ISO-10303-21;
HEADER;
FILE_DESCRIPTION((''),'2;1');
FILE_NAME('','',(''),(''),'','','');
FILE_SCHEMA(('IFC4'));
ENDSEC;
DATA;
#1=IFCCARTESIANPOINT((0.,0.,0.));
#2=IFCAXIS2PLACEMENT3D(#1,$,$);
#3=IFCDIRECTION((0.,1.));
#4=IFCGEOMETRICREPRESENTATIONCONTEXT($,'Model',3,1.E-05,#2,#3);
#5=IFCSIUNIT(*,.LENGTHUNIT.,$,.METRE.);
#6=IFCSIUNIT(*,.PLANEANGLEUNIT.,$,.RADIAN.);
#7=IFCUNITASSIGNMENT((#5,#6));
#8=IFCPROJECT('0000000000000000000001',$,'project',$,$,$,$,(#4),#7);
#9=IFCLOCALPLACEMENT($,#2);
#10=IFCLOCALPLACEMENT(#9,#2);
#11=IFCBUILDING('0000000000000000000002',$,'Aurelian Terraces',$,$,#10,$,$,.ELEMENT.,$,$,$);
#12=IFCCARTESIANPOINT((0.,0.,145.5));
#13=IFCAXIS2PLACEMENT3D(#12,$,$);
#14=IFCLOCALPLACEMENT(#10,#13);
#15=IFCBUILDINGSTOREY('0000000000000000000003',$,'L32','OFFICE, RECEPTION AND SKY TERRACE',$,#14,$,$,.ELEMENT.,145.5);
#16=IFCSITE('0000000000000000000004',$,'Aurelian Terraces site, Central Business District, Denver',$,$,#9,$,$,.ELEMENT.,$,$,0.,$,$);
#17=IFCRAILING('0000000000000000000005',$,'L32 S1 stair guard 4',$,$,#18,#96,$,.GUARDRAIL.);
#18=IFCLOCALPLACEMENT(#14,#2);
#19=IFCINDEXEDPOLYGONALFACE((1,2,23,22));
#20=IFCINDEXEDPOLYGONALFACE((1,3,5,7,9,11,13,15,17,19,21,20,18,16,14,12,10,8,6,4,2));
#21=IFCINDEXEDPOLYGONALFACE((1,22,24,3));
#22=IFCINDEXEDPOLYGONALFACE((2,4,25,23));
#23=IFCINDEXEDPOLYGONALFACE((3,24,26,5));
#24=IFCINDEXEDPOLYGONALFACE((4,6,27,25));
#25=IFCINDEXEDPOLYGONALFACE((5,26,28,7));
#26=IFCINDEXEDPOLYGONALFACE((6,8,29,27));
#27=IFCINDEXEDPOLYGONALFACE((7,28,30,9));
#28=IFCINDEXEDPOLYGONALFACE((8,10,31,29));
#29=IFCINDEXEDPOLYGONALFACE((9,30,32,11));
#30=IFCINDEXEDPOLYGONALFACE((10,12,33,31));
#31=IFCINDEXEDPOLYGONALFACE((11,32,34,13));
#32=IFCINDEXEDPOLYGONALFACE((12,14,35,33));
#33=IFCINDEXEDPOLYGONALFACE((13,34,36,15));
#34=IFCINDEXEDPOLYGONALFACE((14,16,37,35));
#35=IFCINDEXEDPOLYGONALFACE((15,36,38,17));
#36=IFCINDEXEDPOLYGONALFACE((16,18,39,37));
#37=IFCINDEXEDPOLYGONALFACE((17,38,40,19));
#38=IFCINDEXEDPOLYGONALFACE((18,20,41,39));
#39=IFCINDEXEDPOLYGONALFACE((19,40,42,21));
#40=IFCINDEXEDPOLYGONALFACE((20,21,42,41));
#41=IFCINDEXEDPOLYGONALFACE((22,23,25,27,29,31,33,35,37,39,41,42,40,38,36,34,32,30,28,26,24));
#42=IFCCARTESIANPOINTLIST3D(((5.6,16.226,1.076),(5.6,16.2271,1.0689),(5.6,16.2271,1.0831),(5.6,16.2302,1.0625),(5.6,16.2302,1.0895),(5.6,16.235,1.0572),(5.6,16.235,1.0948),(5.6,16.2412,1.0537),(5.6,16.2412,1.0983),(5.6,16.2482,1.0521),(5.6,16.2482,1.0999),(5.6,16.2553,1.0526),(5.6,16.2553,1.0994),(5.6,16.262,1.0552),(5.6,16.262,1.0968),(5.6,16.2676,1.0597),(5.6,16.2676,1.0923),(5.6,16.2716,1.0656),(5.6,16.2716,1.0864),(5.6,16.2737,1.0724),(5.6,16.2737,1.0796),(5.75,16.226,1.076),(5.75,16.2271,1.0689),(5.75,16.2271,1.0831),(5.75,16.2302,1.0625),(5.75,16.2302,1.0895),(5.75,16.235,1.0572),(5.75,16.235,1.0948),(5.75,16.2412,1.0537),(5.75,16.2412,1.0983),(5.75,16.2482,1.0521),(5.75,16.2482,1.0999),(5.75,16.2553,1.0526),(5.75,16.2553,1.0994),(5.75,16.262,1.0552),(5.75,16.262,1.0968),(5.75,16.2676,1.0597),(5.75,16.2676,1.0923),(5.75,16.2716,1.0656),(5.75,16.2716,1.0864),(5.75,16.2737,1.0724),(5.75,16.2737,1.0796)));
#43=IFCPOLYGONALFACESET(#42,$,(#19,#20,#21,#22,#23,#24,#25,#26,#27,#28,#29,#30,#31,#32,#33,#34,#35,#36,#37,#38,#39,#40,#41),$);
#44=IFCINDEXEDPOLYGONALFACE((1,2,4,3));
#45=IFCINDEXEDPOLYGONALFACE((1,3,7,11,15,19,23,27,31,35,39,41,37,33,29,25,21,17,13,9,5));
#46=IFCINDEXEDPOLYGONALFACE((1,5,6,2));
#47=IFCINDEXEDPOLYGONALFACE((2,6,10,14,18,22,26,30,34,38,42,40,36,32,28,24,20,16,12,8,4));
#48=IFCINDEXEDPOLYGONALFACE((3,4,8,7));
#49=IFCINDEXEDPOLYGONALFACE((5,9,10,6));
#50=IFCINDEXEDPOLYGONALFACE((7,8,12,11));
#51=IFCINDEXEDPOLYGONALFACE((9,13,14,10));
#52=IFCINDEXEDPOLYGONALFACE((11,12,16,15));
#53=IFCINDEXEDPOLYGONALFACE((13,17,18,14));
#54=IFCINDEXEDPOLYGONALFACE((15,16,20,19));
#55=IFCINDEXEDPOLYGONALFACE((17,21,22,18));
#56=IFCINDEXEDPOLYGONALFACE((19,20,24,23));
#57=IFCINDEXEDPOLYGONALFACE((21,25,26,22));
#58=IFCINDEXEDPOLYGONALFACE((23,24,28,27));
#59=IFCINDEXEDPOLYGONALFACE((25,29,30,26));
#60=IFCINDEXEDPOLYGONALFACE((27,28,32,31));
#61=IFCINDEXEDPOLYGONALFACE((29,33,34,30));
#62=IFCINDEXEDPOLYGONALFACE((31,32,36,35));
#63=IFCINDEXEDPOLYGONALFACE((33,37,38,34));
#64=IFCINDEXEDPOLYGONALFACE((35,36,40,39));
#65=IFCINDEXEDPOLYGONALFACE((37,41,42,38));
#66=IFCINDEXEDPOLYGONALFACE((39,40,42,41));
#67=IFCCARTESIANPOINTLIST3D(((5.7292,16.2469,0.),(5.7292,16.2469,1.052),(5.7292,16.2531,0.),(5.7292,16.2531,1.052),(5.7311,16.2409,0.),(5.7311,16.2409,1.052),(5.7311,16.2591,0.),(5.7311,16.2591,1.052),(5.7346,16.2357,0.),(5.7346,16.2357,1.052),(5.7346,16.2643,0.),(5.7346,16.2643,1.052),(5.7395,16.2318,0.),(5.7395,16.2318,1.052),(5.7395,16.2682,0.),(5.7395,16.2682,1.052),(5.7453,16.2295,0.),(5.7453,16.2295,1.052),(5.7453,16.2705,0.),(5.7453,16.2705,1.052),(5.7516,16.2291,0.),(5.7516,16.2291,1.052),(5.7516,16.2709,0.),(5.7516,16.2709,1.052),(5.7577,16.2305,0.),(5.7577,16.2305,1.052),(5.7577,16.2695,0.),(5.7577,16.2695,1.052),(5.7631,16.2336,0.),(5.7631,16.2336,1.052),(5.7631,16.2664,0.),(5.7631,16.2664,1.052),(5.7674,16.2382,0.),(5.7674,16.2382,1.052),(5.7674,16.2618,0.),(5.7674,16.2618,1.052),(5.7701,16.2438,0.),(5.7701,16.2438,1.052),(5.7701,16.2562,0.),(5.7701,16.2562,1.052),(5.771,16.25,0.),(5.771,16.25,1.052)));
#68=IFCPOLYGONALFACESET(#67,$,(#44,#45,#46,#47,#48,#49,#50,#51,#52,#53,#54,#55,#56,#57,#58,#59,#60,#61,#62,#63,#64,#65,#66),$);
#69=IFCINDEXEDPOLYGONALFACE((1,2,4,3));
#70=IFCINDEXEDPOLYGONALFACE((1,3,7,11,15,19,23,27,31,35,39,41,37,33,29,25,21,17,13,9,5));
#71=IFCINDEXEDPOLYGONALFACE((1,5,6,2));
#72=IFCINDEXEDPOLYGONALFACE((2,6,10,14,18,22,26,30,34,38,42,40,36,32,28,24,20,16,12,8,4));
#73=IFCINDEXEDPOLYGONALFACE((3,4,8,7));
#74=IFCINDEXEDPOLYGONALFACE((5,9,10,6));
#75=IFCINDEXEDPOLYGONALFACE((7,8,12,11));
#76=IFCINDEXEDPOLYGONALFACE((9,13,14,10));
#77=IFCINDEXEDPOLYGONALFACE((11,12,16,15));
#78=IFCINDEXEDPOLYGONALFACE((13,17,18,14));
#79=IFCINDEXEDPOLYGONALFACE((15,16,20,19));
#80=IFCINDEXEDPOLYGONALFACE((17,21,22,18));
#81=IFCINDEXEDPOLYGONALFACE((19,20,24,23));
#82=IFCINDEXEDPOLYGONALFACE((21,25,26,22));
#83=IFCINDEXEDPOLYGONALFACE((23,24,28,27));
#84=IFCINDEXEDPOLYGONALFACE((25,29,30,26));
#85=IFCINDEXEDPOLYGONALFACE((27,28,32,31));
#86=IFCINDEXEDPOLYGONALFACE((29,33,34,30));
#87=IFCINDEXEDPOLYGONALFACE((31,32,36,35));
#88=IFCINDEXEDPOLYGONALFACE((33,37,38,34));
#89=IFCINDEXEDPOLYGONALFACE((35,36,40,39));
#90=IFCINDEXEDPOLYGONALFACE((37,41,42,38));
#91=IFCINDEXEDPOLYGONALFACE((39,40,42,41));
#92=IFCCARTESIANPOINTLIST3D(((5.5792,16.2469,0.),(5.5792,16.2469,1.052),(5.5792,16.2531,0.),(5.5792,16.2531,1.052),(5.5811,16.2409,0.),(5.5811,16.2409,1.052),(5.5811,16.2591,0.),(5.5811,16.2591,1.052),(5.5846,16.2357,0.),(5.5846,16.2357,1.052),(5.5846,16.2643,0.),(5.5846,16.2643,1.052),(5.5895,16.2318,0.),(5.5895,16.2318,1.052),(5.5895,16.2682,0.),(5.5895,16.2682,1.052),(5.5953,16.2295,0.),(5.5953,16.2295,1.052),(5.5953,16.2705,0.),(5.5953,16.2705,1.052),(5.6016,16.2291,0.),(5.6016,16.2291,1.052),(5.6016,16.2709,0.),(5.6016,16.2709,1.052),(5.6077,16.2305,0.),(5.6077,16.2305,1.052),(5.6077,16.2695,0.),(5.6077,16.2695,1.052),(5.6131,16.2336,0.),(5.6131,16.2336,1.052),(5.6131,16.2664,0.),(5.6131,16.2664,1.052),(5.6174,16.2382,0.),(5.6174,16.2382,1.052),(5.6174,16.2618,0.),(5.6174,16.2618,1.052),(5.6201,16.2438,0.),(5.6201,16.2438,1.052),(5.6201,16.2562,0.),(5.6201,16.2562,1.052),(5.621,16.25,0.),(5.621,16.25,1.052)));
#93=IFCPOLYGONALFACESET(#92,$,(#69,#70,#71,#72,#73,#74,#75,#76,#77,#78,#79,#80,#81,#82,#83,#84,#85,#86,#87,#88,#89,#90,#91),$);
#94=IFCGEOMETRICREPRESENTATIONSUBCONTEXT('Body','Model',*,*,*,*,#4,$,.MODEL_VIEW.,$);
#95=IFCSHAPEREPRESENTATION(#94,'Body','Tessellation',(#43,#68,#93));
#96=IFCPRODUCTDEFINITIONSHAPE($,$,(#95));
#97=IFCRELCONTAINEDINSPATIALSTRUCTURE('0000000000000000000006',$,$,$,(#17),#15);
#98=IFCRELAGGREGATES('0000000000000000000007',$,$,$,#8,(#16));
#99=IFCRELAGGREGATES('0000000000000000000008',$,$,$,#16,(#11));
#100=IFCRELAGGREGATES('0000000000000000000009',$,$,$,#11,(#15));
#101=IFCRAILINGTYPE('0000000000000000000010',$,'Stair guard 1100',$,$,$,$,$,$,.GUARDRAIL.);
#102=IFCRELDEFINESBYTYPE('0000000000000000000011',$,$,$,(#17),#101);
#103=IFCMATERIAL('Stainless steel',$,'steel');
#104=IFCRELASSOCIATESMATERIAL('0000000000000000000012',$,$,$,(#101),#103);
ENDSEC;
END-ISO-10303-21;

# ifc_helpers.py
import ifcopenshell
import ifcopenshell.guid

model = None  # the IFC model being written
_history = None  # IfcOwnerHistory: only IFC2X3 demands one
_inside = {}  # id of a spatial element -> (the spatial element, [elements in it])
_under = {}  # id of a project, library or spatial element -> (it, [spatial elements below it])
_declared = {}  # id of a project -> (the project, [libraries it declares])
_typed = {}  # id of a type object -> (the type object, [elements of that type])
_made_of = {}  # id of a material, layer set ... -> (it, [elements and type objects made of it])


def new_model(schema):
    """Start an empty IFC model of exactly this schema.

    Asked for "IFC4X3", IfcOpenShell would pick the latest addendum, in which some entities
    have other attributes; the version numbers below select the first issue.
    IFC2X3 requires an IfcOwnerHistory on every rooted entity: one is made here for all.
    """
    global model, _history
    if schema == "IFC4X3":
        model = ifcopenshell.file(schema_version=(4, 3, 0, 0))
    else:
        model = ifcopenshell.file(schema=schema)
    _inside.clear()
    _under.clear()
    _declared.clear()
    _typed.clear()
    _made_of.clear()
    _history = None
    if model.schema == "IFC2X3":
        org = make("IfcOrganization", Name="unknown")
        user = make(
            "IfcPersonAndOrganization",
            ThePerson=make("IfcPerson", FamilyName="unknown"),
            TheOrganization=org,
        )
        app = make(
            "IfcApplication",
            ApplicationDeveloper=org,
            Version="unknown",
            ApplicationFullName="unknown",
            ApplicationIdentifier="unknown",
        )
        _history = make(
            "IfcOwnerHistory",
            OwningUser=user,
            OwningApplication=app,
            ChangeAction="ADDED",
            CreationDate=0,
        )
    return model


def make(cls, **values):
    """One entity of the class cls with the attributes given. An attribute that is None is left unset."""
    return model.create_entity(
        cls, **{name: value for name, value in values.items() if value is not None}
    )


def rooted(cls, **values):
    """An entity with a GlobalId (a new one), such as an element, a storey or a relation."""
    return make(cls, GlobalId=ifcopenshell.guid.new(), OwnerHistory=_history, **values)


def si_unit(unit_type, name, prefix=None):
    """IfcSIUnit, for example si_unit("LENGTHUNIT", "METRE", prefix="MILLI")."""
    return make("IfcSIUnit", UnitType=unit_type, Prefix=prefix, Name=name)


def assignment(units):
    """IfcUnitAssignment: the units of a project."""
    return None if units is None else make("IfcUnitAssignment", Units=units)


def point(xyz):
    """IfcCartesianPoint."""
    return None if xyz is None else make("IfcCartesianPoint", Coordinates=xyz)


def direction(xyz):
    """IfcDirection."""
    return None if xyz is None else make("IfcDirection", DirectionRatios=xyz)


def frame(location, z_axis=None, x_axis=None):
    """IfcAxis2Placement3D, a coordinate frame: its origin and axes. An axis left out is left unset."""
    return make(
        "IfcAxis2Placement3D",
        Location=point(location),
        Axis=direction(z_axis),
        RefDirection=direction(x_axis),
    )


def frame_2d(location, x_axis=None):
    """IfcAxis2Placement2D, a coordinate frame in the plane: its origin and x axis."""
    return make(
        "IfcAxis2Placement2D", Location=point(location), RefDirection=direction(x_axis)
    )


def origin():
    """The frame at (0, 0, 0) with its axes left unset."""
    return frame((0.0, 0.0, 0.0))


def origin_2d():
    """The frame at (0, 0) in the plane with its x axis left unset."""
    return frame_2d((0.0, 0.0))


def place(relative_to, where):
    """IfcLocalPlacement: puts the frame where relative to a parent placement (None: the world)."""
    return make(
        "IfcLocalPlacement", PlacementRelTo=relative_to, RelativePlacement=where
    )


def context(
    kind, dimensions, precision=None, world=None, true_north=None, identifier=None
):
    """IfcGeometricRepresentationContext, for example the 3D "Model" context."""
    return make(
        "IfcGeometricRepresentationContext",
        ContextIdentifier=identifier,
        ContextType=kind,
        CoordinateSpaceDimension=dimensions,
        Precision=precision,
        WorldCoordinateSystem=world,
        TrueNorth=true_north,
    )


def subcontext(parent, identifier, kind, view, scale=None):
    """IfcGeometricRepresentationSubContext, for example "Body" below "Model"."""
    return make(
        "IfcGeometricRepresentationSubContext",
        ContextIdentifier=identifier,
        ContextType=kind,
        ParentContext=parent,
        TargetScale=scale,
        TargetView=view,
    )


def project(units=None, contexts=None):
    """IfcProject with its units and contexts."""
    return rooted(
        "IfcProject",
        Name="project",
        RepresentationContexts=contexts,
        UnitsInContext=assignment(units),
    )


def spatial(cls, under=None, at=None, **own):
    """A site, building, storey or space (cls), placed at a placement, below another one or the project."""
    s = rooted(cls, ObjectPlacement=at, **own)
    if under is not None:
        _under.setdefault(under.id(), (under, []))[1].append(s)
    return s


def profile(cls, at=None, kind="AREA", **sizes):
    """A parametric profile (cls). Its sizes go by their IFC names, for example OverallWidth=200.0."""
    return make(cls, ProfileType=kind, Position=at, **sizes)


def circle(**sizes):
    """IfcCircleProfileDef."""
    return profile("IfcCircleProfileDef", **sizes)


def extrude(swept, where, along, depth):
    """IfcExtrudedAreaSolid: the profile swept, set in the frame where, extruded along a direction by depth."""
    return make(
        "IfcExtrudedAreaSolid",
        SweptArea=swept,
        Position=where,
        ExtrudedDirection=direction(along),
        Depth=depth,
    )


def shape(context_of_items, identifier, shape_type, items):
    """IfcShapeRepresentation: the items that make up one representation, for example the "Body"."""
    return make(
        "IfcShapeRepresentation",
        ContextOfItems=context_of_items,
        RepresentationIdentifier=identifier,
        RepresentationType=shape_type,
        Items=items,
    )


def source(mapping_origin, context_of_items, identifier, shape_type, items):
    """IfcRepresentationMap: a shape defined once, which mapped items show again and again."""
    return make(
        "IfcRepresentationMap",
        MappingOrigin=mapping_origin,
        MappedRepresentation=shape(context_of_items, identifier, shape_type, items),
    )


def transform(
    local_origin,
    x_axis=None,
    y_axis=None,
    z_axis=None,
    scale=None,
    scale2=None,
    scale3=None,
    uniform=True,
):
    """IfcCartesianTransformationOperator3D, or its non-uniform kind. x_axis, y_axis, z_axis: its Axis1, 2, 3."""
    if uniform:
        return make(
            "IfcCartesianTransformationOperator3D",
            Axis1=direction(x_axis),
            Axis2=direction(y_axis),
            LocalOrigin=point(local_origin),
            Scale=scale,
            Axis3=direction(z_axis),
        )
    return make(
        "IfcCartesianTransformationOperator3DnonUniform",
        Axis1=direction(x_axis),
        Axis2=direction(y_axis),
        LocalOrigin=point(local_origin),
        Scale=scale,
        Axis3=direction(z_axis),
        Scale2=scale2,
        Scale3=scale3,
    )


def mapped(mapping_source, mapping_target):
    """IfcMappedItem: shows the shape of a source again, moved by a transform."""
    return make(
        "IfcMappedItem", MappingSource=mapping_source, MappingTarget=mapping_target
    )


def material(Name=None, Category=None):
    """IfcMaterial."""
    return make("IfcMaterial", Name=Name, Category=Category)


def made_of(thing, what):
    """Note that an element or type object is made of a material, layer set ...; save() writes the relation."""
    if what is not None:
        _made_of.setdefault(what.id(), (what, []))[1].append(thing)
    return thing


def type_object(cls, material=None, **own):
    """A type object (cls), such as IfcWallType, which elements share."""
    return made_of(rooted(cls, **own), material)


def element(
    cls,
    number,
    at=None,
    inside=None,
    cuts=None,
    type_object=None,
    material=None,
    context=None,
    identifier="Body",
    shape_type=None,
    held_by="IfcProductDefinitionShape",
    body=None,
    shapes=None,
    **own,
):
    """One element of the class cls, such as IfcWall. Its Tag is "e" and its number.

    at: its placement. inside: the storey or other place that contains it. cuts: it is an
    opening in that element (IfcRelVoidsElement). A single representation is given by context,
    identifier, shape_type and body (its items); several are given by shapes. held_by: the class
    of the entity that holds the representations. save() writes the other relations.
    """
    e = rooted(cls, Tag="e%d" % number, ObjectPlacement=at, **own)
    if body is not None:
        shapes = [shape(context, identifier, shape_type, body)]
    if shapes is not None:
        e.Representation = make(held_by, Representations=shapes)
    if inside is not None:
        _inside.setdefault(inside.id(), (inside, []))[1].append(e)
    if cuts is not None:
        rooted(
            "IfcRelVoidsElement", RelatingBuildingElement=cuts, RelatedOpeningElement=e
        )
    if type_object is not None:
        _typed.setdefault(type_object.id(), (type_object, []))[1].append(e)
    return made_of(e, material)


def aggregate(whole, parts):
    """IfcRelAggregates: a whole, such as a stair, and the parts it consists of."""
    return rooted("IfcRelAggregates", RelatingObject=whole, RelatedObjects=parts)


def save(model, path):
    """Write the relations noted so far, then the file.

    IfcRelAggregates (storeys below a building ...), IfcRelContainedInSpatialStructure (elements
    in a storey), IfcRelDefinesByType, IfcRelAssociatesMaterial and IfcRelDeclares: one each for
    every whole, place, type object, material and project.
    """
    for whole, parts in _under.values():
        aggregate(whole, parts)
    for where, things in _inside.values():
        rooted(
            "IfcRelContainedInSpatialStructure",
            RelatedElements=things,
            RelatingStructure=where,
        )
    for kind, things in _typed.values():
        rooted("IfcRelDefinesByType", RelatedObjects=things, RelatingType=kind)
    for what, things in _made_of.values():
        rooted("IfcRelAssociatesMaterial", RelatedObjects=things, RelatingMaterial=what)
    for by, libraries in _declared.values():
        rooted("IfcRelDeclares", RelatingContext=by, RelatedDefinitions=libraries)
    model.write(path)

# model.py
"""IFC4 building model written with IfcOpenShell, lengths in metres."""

from ifc_helpers import new_model, si_unit, direction, frame, origin, origin_2d, place, context, subcontext, project, spatial, circle, extrude, source, transform, mapped, material, type_object, element, save


model = new_model("IFC4")

# Units and contexts
model_context = context("Model", 3, precision=1e-05, world=origin(), true_north=direction((0.0, 1.0)))
body_context = subcontext(model_context, "Body", "Model", "MODEL_VIEW")
ifc_project = project(units=[si_unit("LENGTHUNIT", "METRE"), si_unit("PLANEANGLEUNIT", "RADIAN")], contexts=[model_context])

# Site, building, storey
site_placement = place(None, origin())
site = spatial("IfcSite", under=ifc_project, at=site_placement, Name="Aurelian Terraces site, Central Business District, Denver", CompositionType="ELEMENT", RefElevation=0.0)
building_placement = place(site_placement, origin())
building = spatial("IfcBuilding", under=site, at=building_placement, Name="Aurelian Terraces", CompositionType="ELEMENT")
storey_placement = place(building_placement, frame((0.0, 0.0, 145.5)))
storey = spatial("IfcBuildingStorey", under=building, at=storey_placement, Name="L32", Description="OFFICE, RECEPTION AND SKY TERRACE", CompositionType="ELEMENT", Elevation=145.5)

# Railing
ifc_material_1 = material(Name="Stainless steel", Category="steel")
railing_type_1 = type_object("IfcRailingType", Name="Stair guard 1100", PredefinedType="GUARDRAIL", material=ifc_material_1)
shared_shape_1 = source(origin(), body_context, "Body", "SweptSolid", [
    extrude(circle(Radius=0.024, at=origin_2d()), frame((0.0, 0.0, 1.076), z_axis=(-1.0, 0.0, 0.0), x_axis=(0.0, -1.0, 0.0)), (0.0, 0.0, 1.0), 0.15),
    extrude(circle(Radius=0.021, at=origin_2d()), origin(), (0.0, 0.0, 1.0), 1.052),
    extrude(circle(Radius=0.021, at=origin_2d()), frame((-0.15, 0.0, 0.0)), (0.0, 0.0, 1.0), 1.052),
])
railing_1_placement = place(storey_placement, frame((5.75, 16.25, 0.0)))
element("IfcRailing", 1, at=railing_1_placement, inside=storey, type_object=railing_type_1, Name="L32 S1 stair guard 4", PredefinedType="GUARDRAIL", context=body_context, shape_type="MappedRepresentation", body=[
    mapped(shared_shape_1, transform((0.0, 0.0, 0.0), scale=1.0)),
])

save(model, "model.ifc")
